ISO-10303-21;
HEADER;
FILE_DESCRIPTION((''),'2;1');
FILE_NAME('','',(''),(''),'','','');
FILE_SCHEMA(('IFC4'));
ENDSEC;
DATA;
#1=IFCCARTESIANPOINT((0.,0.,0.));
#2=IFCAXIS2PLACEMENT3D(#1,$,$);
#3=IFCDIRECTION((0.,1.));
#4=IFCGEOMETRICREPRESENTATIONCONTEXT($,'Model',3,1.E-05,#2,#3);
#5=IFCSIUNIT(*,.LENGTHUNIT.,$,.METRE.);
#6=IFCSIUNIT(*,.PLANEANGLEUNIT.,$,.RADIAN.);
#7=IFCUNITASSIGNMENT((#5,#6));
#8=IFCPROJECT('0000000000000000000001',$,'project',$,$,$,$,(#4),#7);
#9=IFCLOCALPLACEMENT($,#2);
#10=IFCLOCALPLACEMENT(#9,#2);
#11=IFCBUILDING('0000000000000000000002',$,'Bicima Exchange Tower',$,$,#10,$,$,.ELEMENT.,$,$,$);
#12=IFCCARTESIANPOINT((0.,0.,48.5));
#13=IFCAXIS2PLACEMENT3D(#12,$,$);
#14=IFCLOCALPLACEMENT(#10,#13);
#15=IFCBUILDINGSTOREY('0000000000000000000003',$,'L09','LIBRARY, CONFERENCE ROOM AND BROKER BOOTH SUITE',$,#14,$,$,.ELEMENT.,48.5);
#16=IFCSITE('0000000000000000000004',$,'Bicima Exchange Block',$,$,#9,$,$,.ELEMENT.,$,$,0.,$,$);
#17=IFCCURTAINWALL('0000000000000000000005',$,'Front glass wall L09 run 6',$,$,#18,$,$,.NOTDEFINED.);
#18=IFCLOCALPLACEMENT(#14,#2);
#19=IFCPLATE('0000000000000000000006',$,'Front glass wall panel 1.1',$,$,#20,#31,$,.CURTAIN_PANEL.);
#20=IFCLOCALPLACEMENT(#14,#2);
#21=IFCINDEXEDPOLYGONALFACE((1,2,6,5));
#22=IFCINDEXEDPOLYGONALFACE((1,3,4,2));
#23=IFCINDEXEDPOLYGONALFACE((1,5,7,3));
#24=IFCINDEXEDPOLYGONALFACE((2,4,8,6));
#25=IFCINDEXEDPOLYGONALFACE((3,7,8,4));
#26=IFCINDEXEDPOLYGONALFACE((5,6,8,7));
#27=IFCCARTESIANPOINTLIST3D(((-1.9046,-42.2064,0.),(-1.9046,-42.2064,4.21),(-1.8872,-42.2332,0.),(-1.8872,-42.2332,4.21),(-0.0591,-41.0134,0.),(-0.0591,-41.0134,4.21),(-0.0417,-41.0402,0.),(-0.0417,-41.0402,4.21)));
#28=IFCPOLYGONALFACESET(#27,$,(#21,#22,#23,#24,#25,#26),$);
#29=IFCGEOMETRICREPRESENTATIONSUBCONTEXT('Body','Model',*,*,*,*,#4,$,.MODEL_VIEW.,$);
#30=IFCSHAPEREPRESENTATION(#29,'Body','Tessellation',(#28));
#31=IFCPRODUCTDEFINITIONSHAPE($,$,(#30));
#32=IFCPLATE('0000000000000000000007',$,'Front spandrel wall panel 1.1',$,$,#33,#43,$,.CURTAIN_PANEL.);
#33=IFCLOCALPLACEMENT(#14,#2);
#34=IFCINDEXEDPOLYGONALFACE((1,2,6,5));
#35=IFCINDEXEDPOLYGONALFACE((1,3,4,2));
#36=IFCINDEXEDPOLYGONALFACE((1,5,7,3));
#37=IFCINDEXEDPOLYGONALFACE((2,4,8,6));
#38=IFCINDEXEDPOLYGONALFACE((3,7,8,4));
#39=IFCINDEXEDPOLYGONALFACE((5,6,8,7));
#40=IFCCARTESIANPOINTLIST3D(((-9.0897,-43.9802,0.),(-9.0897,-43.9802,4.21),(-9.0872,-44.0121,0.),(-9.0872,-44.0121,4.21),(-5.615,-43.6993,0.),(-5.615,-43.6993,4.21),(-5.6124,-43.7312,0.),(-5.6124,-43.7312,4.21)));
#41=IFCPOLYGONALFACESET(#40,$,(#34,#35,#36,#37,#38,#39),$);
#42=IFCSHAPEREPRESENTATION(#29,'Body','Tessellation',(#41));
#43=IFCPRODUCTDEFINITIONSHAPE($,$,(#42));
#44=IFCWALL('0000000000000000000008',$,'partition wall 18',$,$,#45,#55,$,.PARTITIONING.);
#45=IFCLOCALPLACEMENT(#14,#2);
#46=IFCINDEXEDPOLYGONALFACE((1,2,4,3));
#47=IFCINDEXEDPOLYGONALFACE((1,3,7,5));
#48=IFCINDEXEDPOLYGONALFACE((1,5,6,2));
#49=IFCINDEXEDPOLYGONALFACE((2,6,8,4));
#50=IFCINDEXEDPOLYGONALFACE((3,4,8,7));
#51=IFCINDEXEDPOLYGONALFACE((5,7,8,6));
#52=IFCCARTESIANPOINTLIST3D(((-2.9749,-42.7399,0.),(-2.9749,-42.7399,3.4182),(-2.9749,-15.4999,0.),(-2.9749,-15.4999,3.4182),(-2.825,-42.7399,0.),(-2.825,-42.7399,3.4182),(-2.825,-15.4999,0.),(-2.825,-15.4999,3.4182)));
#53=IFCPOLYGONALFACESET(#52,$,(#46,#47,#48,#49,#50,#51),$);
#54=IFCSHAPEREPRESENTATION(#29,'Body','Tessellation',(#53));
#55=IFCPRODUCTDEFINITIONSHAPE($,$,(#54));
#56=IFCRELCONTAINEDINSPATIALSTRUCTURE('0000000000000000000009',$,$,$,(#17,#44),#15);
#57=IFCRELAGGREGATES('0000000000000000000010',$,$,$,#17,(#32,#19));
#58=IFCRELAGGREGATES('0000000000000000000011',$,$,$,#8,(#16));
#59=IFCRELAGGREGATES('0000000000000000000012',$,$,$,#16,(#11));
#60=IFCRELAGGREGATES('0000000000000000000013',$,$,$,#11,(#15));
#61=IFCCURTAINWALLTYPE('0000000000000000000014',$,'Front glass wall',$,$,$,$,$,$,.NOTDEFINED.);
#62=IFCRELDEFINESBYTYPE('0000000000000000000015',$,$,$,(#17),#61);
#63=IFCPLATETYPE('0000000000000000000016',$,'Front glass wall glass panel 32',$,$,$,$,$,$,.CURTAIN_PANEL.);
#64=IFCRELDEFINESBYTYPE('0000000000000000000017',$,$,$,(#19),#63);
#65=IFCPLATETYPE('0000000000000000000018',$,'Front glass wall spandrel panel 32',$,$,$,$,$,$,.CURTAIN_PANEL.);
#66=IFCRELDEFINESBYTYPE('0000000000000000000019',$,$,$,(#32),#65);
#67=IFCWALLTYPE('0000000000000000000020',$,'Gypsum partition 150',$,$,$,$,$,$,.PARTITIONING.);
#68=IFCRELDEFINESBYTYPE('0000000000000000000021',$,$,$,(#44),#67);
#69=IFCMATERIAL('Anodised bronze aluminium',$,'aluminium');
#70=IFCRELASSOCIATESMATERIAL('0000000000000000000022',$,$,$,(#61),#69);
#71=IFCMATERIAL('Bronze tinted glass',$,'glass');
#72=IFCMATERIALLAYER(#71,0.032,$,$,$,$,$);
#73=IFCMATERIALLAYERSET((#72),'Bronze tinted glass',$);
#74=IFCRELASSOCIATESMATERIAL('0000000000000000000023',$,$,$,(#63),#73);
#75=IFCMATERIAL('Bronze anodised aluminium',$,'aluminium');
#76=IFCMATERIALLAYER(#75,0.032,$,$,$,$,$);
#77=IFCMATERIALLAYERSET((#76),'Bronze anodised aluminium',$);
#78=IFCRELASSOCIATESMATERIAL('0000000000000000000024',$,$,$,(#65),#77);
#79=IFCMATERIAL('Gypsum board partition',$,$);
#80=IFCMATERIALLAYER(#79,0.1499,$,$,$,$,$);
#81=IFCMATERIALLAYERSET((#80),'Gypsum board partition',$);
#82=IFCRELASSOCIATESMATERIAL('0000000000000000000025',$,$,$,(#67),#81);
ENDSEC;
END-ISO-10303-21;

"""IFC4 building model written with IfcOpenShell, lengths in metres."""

from ifc_helpers import new_model, si_unit, direction, frame, frame_2d, origin, origin_2d, place, context, subcontext, project, spatial, rectangle, extrude, material, layer, layer_set, type_object, element, aggregate, save


model = new_model("IFC4")

# Units and contexts
model_context = context("Model", 3, precision=1e-05, world=origin(), true_north=direction((0.0, 1.0)))
body_context = subcontext(model_context, "Body", "Model", "MODEL_VIEW")
ifc_project = project(units=[si_unit("LENGTHUNIT", "METRE"), si_unit("PLANEANGLEUNIT", "RADIAN")], contexts=[model_context])

# Site, building, storey
site_placement = place(None, origin())
site = spatial("IfcSite", under=ifc_project, at=site_placement, Name="Bicima Exchange Block", CompositionType="ELEMENT", RefElevation=0.0)
building_placement = place(site_placement, origin())
building = spatial("IfcBuilding", under=site, at=building_placement, Name="Bicima Exchange Tower", CompositionType="ELEMENT")
storey_placement = place(building_placement, frame((0.0, 0.0, 48.5)))
storey = spatial("IfcBuildingStorey", under=building, at=storey_placement, Name="L09", Description="LIBRARY, CONFERENCE ROOM AND BROKER BOOTH SUITE", CompositionType="ELEMENT", Elevation=48.5)

# Curtain wall
ifc_material_1 = material(Name="Anodised bronze aluminium", Category="aluminium")
curtain_wall_type = type_object("IfcCurtainWallType", Name="Front glass wall", PredefinedType="NOTDEFINED", material=ifc_material_1)
curtain_wall_placement = place(storey_placement, origin())
curtain_wall = element("IfcCurtainWall", 1, at=curtain_wall_placement, inside=storey, type_object=curtain_wall_type, Name="Front glass wall L09 run 6", PredefinedType="NOTDEFINED")

# Plates
ifc_material_2 = material(Name="Bronze tinted glass", Category="glass")
ifc_layer_1 = layer(ifc_material_2, 0.032)
ifc_layer_set_1 = layer_set([ifc_layer_1], Name="Bronze tinted glass")
plate_type_1 = type_object("IfcPlateType", Name="Front glass wall glass panel 32", PredefinedType="CURTAIN_PANEL", material=ifc_layer_set_1)
plate_1_placement = place(storey_placement, frame((-0.9731, -41.6233, 0.0), z_axis=(0.0, 0.0, 1.0), x_axis=(0.839799, 0.542897, 0.0)))
plate_1 = element("IfcPlate", 2, at=plate_1_placement, type_object=plate_type_1, Name="Front glass wall panel 1.1", PredefinedType="CURTAIN_PANEL", context=body_context, shape_type="SweptSolid", body=[
    extrude(rectangle(XDim=2.1975, YDim=0.032, at=origin_2d()), origin(), (0.0, 0.0, 1.0), 4.21),
])
ifc_material_3 = material(Name="Bronze anodised aluminium", Category="aluminium")
ifc_layer_2 = layer(ifc_material_3, 0.032)
ifc_layer_set_2 = layer_set([ifc_layer_2], Name="Bronze anodised aluminium")
plate_type_2 = type_object("IfcPlateType", Name="Front glass wall spandrel panel 32", PredefinedType="CURTAIN_PANEL", material=ifc_layer_set_2)
plate_2_placement = place(storey_placement, frame((-7.3511, -43.8557, 0.0), z_axis=(0.0, 0.0, 1.0), x_axis=(0.996747, 0.080589, 0.0)))
plate_2 = element("IfcPlate", 3, at=plate_2_placement, type_object=plate_type_2, Name="Front spandrel wall panel 1.1", PredefinedType="CURTAIN_PANEL", context=body_context, shape_type="SweptSolid", body=[
    extrude(rectangle(XDim=3.4861, YDim=0.032, at=origin_2d()), origin(), (0.0, 0.0, 1.0), 4.21),
])
aggregate(curtain_wall, [plate_2, plate_1])

# Wall
ifc_material_4 = material(Name="Gypsum board partition")
ifc_layer_3 = layer(ifc_material_4, 0.1499)
ifc_layer_set_3 = layer_set([ifc_layer_3], Name="Gypsum board partition")
wall_type = type_object("IfcWallType", Name="Gypsum partition 150", PredefinedType="PARTITIONING", material=ifc_layer_set_3)
wall_placement = place(storey_placement, frame((-2.8999, -42.74, 0.0), z_axis=(0.0, 0.0, 1.0), x_axis=(0.0, 1.0, 0.0)))
element("IfcWall", 4, at=wall_placement, inside=storey, type_object=wall_type, Name="partition wall 18", PredefinedType="PARTITIONING", context=body_context, shape_type="SweptSolid", body=[
    extrude(rectangle(XDim=27.24, YDim=0.1499, at=frame_2d((13.6201, 0.0))), origin(), (0.0, 0.0, 1.0), 3.4182),
])

save(model, "model.ifc")
